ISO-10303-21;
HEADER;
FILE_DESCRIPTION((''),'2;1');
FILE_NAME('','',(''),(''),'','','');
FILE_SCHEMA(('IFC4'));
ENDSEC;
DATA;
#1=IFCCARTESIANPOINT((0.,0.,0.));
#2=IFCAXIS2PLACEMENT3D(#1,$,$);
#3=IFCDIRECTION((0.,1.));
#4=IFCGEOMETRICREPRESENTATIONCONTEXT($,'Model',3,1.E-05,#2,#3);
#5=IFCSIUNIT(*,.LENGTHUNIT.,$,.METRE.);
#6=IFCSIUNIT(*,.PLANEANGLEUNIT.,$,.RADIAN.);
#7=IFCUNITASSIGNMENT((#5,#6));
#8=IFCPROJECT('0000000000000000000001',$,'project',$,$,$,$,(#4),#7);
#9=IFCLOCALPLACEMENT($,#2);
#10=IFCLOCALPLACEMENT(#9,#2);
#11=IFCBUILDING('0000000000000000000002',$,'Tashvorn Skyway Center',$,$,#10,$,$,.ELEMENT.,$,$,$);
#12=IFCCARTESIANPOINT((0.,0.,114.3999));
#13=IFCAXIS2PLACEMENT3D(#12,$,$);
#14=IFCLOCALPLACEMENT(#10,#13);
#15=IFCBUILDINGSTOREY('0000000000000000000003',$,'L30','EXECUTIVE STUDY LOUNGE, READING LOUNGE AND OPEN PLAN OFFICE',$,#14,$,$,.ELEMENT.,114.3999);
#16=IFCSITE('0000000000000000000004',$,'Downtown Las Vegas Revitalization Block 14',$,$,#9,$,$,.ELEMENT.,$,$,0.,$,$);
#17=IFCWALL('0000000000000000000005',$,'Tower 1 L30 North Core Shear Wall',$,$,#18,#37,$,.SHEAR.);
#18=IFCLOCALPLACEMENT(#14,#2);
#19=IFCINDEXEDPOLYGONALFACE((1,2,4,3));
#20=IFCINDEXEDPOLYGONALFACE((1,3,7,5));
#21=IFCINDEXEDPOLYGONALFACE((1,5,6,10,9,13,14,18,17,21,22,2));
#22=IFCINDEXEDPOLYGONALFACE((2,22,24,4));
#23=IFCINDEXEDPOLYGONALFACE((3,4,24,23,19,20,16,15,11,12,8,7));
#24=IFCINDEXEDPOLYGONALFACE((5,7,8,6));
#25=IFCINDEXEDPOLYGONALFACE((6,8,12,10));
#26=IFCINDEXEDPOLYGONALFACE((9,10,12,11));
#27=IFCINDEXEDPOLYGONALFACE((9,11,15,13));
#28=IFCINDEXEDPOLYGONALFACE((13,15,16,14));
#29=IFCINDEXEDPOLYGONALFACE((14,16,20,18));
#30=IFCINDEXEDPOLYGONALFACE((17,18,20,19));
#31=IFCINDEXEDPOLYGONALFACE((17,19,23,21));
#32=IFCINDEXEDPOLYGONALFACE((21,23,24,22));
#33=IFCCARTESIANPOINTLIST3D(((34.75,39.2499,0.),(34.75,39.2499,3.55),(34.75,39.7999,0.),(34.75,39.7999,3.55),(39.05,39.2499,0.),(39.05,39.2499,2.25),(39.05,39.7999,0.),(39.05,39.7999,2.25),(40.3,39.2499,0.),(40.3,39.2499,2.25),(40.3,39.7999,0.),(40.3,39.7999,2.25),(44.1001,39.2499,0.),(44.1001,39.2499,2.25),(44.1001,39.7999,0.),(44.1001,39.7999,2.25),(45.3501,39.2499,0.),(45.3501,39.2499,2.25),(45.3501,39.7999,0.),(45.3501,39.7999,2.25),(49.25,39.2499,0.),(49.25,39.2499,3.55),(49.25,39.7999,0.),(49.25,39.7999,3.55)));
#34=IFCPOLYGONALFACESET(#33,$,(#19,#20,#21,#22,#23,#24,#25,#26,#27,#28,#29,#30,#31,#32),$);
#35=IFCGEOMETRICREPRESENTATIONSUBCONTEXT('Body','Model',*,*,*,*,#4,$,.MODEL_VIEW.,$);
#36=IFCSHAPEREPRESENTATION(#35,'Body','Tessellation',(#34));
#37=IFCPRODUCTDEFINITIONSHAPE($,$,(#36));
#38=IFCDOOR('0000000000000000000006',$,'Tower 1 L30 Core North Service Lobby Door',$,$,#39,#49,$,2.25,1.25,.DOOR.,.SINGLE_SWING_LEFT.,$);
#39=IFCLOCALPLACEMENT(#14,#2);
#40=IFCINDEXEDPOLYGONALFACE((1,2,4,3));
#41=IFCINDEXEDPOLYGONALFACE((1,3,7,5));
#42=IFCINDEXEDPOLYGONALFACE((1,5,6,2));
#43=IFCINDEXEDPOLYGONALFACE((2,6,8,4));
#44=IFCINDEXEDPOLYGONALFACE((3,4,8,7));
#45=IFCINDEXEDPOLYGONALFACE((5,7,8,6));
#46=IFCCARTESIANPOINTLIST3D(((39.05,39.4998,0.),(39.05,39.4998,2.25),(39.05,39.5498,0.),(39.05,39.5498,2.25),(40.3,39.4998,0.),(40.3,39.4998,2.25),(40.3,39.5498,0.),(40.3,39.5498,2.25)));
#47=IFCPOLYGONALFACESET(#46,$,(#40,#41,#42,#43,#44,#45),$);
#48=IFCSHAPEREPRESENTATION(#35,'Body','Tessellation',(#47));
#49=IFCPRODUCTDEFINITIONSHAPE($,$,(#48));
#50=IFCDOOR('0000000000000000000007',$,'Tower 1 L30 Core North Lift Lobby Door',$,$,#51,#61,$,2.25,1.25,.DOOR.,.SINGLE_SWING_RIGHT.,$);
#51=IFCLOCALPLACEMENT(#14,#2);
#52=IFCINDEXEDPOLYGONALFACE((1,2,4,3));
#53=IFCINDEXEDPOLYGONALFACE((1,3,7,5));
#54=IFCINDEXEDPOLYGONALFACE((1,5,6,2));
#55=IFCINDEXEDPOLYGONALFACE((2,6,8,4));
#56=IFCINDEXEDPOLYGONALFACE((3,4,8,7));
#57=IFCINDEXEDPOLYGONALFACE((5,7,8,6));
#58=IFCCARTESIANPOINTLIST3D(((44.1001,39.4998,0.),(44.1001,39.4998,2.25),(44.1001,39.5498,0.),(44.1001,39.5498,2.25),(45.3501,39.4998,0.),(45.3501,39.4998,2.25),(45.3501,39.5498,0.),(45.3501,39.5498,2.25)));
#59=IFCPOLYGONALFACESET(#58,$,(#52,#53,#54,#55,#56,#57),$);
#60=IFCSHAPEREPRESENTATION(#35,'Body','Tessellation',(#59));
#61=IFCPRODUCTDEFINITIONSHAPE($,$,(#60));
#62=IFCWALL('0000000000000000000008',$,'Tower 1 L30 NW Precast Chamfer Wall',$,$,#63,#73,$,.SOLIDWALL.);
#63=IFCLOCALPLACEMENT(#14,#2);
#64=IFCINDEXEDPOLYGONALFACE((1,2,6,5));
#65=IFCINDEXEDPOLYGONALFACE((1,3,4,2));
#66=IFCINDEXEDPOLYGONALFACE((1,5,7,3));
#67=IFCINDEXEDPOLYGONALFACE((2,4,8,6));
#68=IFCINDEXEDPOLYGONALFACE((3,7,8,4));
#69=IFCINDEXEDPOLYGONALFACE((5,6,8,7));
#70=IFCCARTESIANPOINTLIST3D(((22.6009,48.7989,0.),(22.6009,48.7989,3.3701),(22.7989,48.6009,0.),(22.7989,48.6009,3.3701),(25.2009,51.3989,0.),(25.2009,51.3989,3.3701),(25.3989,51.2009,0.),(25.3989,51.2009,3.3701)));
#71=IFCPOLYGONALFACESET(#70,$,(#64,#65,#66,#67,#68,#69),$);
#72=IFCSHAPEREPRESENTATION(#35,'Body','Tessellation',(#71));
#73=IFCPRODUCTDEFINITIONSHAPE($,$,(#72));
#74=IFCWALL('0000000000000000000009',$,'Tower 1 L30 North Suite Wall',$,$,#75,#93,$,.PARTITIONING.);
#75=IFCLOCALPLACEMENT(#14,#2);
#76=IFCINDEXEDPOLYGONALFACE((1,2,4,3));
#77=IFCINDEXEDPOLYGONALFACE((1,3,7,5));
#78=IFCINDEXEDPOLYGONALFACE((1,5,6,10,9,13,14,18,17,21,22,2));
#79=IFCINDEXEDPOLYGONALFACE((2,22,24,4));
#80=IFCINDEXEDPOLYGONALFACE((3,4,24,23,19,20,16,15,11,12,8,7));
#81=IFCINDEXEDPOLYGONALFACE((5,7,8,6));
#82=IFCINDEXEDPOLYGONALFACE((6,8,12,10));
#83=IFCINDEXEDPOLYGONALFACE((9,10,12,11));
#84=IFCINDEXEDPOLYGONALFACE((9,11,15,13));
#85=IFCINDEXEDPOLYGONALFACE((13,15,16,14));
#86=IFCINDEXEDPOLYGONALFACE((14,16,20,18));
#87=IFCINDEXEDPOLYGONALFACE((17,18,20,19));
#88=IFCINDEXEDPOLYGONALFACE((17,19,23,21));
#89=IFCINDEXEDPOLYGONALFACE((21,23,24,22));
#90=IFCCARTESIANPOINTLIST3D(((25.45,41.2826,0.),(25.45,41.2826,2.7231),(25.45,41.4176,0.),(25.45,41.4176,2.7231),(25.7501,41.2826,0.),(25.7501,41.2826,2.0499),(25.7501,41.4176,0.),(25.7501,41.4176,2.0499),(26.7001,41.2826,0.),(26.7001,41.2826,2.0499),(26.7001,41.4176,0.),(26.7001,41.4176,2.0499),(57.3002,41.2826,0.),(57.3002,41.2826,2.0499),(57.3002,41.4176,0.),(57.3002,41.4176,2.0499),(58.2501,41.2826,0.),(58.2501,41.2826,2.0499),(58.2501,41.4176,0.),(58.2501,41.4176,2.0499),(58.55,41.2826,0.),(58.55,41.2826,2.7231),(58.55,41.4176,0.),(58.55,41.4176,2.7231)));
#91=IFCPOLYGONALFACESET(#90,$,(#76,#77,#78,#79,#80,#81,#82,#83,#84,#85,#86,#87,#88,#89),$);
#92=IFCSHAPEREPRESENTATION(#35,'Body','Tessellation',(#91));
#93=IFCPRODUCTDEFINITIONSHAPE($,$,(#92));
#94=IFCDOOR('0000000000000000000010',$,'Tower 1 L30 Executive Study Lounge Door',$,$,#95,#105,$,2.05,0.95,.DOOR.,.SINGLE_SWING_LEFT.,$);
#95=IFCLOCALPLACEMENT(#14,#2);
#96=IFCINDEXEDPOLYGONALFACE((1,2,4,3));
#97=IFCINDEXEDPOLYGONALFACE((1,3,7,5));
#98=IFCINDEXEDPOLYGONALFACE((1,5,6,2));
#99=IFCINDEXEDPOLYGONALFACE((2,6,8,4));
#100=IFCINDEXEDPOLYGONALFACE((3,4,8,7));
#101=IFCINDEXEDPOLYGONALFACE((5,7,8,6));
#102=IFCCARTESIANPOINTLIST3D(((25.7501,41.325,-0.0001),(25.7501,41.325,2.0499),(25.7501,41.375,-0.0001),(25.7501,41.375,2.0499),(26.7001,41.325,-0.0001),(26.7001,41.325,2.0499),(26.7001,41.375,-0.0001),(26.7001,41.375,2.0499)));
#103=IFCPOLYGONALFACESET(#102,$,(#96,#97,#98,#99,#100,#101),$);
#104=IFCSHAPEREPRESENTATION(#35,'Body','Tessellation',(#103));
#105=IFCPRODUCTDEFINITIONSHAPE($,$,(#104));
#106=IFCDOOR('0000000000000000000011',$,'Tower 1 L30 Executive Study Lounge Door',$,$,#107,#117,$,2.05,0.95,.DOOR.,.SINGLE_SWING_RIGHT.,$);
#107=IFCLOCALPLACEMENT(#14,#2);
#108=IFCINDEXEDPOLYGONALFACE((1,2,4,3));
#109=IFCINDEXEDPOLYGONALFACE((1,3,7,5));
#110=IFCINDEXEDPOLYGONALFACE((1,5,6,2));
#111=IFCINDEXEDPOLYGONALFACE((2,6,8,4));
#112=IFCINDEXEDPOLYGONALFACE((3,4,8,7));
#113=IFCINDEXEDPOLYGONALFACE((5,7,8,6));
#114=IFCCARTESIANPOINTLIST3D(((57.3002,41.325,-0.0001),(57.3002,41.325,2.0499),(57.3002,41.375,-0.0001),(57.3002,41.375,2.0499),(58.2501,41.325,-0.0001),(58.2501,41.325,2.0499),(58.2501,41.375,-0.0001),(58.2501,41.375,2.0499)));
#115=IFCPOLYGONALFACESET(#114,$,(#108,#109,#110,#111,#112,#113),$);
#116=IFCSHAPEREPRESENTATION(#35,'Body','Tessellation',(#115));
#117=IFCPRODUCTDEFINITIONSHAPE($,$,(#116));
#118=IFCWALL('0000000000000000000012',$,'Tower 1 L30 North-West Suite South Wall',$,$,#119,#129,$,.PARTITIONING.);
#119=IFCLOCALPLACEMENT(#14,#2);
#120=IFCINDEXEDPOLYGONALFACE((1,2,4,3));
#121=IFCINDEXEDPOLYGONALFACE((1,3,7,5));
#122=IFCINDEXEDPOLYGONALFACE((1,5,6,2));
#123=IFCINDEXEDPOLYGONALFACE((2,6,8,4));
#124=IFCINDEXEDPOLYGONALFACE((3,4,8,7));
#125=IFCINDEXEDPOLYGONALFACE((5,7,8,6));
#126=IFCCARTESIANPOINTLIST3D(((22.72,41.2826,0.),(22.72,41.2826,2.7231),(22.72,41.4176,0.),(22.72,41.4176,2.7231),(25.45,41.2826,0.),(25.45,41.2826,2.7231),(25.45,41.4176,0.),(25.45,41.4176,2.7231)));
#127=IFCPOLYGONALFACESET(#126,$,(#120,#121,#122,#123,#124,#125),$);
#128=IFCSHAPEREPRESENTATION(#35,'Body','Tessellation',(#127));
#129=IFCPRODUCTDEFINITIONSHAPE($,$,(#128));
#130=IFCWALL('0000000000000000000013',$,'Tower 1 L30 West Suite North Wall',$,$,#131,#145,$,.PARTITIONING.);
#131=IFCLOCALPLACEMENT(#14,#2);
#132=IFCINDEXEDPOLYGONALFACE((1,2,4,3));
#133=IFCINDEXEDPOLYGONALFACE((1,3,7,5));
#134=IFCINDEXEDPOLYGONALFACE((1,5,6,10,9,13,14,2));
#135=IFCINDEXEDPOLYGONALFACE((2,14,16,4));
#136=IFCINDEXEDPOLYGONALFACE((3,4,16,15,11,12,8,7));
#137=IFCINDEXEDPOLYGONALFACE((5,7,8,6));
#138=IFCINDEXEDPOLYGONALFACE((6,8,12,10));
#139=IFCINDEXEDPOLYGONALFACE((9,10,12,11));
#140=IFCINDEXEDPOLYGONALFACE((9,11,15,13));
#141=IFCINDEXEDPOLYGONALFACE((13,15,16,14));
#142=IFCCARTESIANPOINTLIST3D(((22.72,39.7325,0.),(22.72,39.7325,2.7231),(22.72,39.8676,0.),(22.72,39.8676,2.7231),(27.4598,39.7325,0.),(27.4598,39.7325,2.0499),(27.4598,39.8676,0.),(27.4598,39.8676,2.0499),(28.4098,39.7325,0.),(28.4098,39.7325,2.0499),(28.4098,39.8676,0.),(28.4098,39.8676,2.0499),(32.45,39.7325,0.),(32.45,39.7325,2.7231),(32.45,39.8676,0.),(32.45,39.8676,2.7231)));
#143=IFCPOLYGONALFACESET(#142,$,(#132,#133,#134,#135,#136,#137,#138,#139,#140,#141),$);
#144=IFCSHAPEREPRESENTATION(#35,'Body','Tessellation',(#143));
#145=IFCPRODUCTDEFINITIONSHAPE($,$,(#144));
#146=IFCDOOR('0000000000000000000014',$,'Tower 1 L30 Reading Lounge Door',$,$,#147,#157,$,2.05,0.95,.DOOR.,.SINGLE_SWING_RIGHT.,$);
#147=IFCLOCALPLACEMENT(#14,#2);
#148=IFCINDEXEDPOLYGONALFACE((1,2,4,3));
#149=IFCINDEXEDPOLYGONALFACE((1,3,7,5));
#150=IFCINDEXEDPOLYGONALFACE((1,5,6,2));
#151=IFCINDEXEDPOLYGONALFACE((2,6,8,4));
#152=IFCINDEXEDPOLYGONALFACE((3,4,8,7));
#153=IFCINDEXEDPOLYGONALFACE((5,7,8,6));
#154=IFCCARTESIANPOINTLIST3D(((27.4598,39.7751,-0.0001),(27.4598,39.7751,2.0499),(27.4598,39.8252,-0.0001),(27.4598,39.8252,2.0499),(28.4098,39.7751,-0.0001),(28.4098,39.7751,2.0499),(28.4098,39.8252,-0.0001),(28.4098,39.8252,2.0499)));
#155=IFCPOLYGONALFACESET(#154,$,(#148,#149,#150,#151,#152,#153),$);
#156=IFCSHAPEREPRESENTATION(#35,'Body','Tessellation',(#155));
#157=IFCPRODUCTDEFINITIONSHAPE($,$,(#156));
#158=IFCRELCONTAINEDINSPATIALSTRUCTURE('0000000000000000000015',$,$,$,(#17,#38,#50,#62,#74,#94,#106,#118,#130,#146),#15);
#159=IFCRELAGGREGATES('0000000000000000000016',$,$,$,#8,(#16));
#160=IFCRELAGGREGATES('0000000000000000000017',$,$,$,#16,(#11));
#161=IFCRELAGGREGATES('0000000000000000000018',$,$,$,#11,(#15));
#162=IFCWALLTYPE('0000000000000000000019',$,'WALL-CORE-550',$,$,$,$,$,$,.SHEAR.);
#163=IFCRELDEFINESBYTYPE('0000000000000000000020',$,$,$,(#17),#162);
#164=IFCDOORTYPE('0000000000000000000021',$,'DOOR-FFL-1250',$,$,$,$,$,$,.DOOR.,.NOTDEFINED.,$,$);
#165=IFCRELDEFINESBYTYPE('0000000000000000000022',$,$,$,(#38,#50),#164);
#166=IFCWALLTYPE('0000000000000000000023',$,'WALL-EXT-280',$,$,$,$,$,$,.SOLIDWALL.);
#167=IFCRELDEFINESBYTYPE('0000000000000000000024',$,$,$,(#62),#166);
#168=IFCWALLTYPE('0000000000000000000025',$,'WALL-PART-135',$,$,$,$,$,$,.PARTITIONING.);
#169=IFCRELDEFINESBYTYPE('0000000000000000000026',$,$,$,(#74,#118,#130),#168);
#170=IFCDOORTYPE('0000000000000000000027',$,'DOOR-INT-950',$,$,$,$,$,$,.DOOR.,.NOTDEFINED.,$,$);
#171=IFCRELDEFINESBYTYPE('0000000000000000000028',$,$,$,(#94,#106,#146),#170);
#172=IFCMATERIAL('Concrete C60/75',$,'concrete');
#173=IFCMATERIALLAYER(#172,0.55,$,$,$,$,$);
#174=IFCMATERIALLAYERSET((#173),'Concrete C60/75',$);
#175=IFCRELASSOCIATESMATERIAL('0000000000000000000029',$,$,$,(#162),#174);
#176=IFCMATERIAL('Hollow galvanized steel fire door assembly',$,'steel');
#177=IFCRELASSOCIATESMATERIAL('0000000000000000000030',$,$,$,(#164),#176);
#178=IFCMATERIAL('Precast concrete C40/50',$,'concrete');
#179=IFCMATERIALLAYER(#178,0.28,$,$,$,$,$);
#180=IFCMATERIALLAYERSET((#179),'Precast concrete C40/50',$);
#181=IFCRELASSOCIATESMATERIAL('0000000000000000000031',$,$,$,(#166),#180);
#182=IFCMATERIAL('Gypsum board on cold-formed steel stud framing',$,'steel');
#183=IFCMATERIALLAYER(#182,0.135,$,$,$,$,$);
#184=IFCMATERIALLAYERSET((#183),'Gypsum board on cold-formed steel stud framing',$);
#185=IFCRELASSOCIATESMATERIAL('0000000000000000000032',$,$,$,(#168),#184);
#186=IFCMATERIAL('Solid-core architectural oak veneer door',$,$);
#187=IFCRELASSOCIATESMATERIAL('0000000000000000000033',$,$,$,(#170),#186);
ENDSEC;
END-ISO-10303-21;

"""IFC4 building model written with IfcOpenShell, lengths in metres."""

from ifc_helpers import new_model, si_unit, direction, frame, frame_2d, origin, place, context, subcontext, project, spatial, rectangle, extrude, material, layer, layer_set, type_object, element, fill, save


model = new_model("IFC4")

# Units and contexts
model_context = context("Model", 3, precision=1e-05, world=origin(), true_north=direction((0.0, 1.0)))
body_context = subcontext(model_context, "Body", "Model", "MODEL_VIEW")
ifc_project = project(units=[si_unit("LENGTHUNIT", "METRE"), si_unit("PLANEANGLEUNIT", "RADIAN")], contexts=[model_context])

# Site, building, storey
site_placement = place(None, origin())
site = spatial("IfcSite", under=ifc_project, at=site_placement, Name="Downtown Las Vegas Revitalization Block 14", CompositionType="ELEMENT", RefElevation=0.0)
building_placement = place(site_placement, origin())
building = spatial("IfcBuilding", under=site, at=building_placement, Name="Tashvorn Skyway Center", CompositionType="ELEMENT")
storey_placement = place(building_placement, frame((0.0, 0.0, 114.3999)))
storey = spatial("IfcBuildingStorey", under=building, at=storey_placement, Name="L30", Description="EXECUTIVE STUDY LOUNGE, READING LOUNGE AND OPEN PLAN OFFICE", CompositionType="ELEMENT", Elevation=114.3999)

# Wall, openings, doors
ifc_material_1 = material(Name="Concrete C60/75", Category="concrete")
ifc_layer_1 = layer(ifc_material_1, 0.55)
ifc_layer_set_1 = layer_set([ifc_layer_1], Name="Concrete C60/75")
wall_type_1 = type_object("IfcWallType", Name="WALL-CORE-550", PredefinedType="SHEAR", material=ifc_layer_set_1)
wall_1_placement = place(storey_placement, frame((34.75, 39.5249, 0.0), z_axis=(0.0, 0.0, 1.0), x_axis=(1.0, 0.0, 0.0)))
wall_1 = element("IfcWall", 1, at=wall_1_placement, inside=storey, type_object=wall_type_1, Name="Tower 1 L30 North Core Shear Wall", PredefinedType="SHEAR", context=body_context, shape_type="SweptSolid", body=[
    extrude(rectangle(XDim=14.5, YDim=0.55, at=frame_2d((7.25, 0.0))), origin(), (0.0, 0.0, 1.0), 3.55),
])
opening_1_placement = place(wall_1_placement, frame((4.3, 0.0, 0.0)))
opening_1 = element("IfcOpeningElement", 2, at=opening_1_placement, cuts=wall_1, PredefinedType="OPENING", context=body_context, shape_type="SweptSolid", body=[
    extrude(rectangle(XDim=1.25, YDim=2.25, at=frame_2d((0.625, 1.125))), frame((0.0, 0.2849, 0.0), z_axis=(0.0, -1.0, 0.0), x_axis=(1.0, 0.0, 0.0)), (0.0, 0.0, 1.0), 0.5701),
])
opening_2_placement = place(wall_1_placement, frame((9.3501, 0.0, 0.0)))
opening_2 = element("IfcOpeningElement", 3, at=opening_2_placement, cuts=wall_1, PredefinedType="OPENING", context=body_context, shape_type="SweptSolid", body=[
    extrude(rectangle(XDim=1.25, YDim=2.25, at=frame_2d((0.625, 1.125))), frame((0.0, 0.2849, 0.0), z_axis=(0.0, -1.0, 0.0), x_axis=(1.0, 0.0, 0.0)), (0.0, 0.0, 1.0), 0.5701),
])
ifc_material_2 = material(Name="Hollow galvanized steel fire door assembly", Category="steel")
door_type_1 = type_object("IfcDoorType", Name="DOOR-FFL-1250", OperationType="NOTDEFINED", PredefinedType="DOOR", material=ifc_material_2)
door_1_placement = place(opening_1_placement, origin())
door_1 = element("IfcDoor", 4, at=door_1_placement, inside=storey, type_object=door_type_1, Name="Tower 1 L30 Core North Service Lobby Door", OperationType="SINGLE_SWING_LEFT", OverallHeight=2.25, OverallWidth=1.25, PredefinedType="DOOR", context=body_context, shape_type="SweptSolid", body=[
    extrude(rectangle(XDim=1.25, YDim=2.25, at=frame_2d((0.625, 1.125))), frame((0.0, 0.0249, 0.0), z_axis=(0.0, -1.0, 0.0), x_axis=(1.0, 0.0, 0.0)), (0.0, 0.0, 1.0), 0.05),
])
fill(opening_1, door_1)
door_2_placement = place(opening_2_placement, origin())
door_2 = element("IfcDoor", 5, at=door_2_placement, inside=storey, type_object=door_type_1, Name="Tower 1 L30 Core North Lift Lobby Door", OperationType="SINGLE_SWING_RIGHT", OverallHeight=2.25, OverallWidth=1.25, PredefinedType="DOOR", context=body_context, shape_type="SweptSolid", body=[
    extrude(rectangle(XDim=1.25, YDim=2.25, at=frame_2d((0.625, 1.125))), frame((0.0, 0.0249, 0.0), z_axis=(0.0, -1.0, 0.0), x_axis=(1.0, 0.0, 0.0)), (0.0, 0.0, 1.0), 0.05),
])
fill(opening_2, door_2)

# Wall
ifc_material_3 = material(Name="Precast concrete C40/50", Category="concrete")
ifc_layer_2 = layer(ifc_material_3, 0.28)
ifc_layer_set_2 = layer_set([ifc_layer_2], Name="Precast concrete C40/50")
wall_type_2 = type_object("IfcWallType", Name="WALL-EXT-280", PredefinedType="SOLIDWALL", material=ifc_layer_set_2)
wall_2_placement = place(storey_placement, frame((22.7, 48.7, 0.0), z_axis=(0.0, 0.0, 1.0), x_axis=(0.707107, 0.707107, 0.0)))
element("IfcWall", 6, at=wall_2_placement, inside=storey, type_object=wall_type_2, Name="Tower 1 L30 NW Precast Chamfer Wall", PredefinedType="SOLIDWALL", context=body_context, shape_type="SweptSolid", body=[
    extrude(rectangle(XDim=3.677, YDim=0.28, at=frame_2d((1.8384, 0.0))), origin(), (0.0, 0.0, 1.0), 3.3701),
])

# Wall, openings, doors
ifc_material_4 = material(Name="Gypsum board on cold-formed steel stud framing", Category="steel")
ifc_layer_3 = layer(ifc_material_4, 0.135)
ifc_layer_set_3 = layer_set([ifc_layer_3], Name="Gypsum board on cold-formed steel stud framing")
wall_type_3 = type_object("IfcWallType", Name="WALL-PART-135", PredefinedType="PARTITIONING", material=ifc_layer_set_3)
wall_3_placement = place(storey_placement, frame((25.45, 41.3501, 0.0), z_axis=(0.0, 0.0, 1.0), x_axis=(1.0, 0.0, 0.0)))
wall_3 = element("IfcWall", 7, at=wall_3_placement, inside=storey, type_object=wall_type_3, Name="Tower 1 L30 North Suite Wall", PredefinedType="PARTITIONING", context=body_context, shape_type="SweptSolid", body=[
    extrude(rectangle(XDim=33.1001, YDim=0.135, at=frame_2d((16.55, 0.0))), origin(), (0.0, 0.0, 1.0), 2.7231),
])
opening_3_placement = place(wall_3_placement, frame((0.3, 0.0, 0.0)))
opening_3 = element("IfcOpeningElement", 8, at=opening_3_placement, cuts=wall_3, PredefinedType="OPENING", context=body_context, shape_type="SweptSolid", body=[
    extrude(rectangle(XDim=0.95, YDim=2.05, at=frame_2d((0.4751, 1.0249))), frame((0.0, 0.0774, 0.0), z_axis=(0.0, -1.0, 0.0), x_axis=(1.0, 0.0, 0.0)), (0.0, 0.0, 1.0), 0.155),
])
opening_4_placement = place(wall_3_placement, frame((31.8501, 0.0, 0.0)))
opening_4 = element("IfcOpeningElement", 9, at=opening_4_placement, cuts=wall_3, PredefinedType="OPENING", context=body_context, shape_type="SweptSolid", body=[
    extrude(rectangle(XDim=0.95, YDim=2.05, at=frame_2d((0.4751, 1.0249))), frame((0.0, 0.0774, 0.0), z_axis=(0.0, -1.0, 0.0), x_axis=(1.0, 0.0, 0.0)), (0.0, 0.0, 1.0), 0.155),
])
ifc_material_5 = material(Name="Solid-core architectural oak veneer door")
door_type_2 = type_object("IfcDoorType", Name="DOOR-INT-950", OperationType="NOTDEFINED", PredefinedType="DOOR", material=ifc_material_5)
door_3_placement = place(opening_3_placement, origin())
door_3 = element("IfcDoor", 10, at=door_3_placement, inside=storey, type_object=door_type_2, Name="Tower 1 L30 Executive Study Lounge Door", OperationType="SINGLE_SWING_LEFT", OverallHeight=2.05, OverallWidth=0.95, PredefinedType="DOOR", context=body_context, shape_type="SweptSolid", body=[
    extrude(rectangle(XDim=0.95, YDim=2.05, at=frame_2d((0.4751, 1.0249))), frame((0.0, 0.0249, 0.0), z_axis=(0.0, -1.0, 0.0), x_axis=(1.0, 0.0, 0.0)), (0.0, 0.0, 1.0), 0.05),
])
fill(opening_3, door_3)
door_4_placement = place(opening_4_placement, origin())
door_4 = element("IfcDoor", 11, at=door_4_placement, inside=storey, type_object=door_type_2, Name="Tower 1 L30 Executive Study Lounge Door", OperationType="SINGLE_SWING_RIGHT", OverallHeight=2.05, OverallWidth=0.95, PredefinedType="DOOR", context=body_context, shape_type="SweptSolid", body=[
    extrude(rectangle(XDim=0.95, YDim=2.05, at=frame_2d((0.4751, 1.0249))), frame((0.0, 0.0249, 0.0), z_axis=(0.0, -1.0, 0.0), x_axis=(1.0, 0.0, 0.0)), (0.0, 0.0, 1.0), 0.05),
])
fill(opening_4, door_4)

# Wall
wall_4_placement = place(storey_placement, frame((22.72, 41.3501, 0.0), z_axis=(0.0, 0.0, 1.0), x_axis=(1.0, 0.0, 0.0)))
element("IfcWall", 12, at=wall_4_placement, inside=storey, type_object=wall_type_3, Name="Tower 1 L30 North-West Suite South Wall", PredefinedType="PARTITIONING", context=body_context, shape_type="SweptSolid", body=[
    extrude(rectangle(XDim=2.73, YDim=0.135, at=frame_2d((1.365, 0.0))), origin(), (0.0, 0.0, 1.0), 2.7231),
])

# Wall, opening, door
wall_5_placement = place(storey_placement, frame((32.45, 39.8, 0.0), z_axis=(0.0, 0.0, 1.0), x_axis=(-1.0, 0.0, 0.0)))
wall_5 = element("IfcWall", 13, at=wall_5_placement, inside=storey, type_object=wall_type_3, Name="Tower 1 L30 West Suite North Wall", PredefinedType="PARTITIONING", context=body_context, shape_type="SweptSolid", body=[
    extrude(rectangle(XDim=9.73, YDim=0.135, at=frame_2d((4.865, 0.0))), origin(), (0.0, 0.0, 1.0), 2.7231),
])
opening_5_placement = place(wall_5_placement, frame((4.04, 0.0, 0.0)))
opening_5 = element("IfcOpeningElement", 14, at=opening_5_placement, cuts=wall_5, PredefinedType="OPENING", context=body_context, shape_type="SweptSolid", body=[
    extrude(rectangle(XDim=0.95, YDim=2.05, at=frame_2d((0.4751, 1.0249))), frame((0.0, 0.0774, 0.0), z_axis=(0.0, -1.0, 0.0), x_axis=(1.0, 0.0, 0.0)), (0.0, 0.0, 1.0), 0.155),
])
door_5_placement = place(opening_5_placement, origin())
door_5 = element("IfcDoor", 15, at=door_5_placement, inside=storey, type_object=door_type_2, Name="Tower 1 L30 Reading Lounge Door", OperationType="SINGLE_SWING_RIGHT", OverallHeight=2.05, OverallWidth=0.95, PredefinedType="DOOR", context=body_context, shape_type="SweptSolid", body=[
    extrude(rectangle(XDim=0.95, YDim=2.05, at=frame_2d((0.4751, 1.0249))), frame((0.0, 0.0249, 0.0), z_axis=(0.0, -1.0, 0.0), x_axis=(1.0, 0.0, 0.0)), (0.0, 0.0, 1.0), 0.05),
])
fill(opening_5, door_5)

save(model, "model.ifc")
